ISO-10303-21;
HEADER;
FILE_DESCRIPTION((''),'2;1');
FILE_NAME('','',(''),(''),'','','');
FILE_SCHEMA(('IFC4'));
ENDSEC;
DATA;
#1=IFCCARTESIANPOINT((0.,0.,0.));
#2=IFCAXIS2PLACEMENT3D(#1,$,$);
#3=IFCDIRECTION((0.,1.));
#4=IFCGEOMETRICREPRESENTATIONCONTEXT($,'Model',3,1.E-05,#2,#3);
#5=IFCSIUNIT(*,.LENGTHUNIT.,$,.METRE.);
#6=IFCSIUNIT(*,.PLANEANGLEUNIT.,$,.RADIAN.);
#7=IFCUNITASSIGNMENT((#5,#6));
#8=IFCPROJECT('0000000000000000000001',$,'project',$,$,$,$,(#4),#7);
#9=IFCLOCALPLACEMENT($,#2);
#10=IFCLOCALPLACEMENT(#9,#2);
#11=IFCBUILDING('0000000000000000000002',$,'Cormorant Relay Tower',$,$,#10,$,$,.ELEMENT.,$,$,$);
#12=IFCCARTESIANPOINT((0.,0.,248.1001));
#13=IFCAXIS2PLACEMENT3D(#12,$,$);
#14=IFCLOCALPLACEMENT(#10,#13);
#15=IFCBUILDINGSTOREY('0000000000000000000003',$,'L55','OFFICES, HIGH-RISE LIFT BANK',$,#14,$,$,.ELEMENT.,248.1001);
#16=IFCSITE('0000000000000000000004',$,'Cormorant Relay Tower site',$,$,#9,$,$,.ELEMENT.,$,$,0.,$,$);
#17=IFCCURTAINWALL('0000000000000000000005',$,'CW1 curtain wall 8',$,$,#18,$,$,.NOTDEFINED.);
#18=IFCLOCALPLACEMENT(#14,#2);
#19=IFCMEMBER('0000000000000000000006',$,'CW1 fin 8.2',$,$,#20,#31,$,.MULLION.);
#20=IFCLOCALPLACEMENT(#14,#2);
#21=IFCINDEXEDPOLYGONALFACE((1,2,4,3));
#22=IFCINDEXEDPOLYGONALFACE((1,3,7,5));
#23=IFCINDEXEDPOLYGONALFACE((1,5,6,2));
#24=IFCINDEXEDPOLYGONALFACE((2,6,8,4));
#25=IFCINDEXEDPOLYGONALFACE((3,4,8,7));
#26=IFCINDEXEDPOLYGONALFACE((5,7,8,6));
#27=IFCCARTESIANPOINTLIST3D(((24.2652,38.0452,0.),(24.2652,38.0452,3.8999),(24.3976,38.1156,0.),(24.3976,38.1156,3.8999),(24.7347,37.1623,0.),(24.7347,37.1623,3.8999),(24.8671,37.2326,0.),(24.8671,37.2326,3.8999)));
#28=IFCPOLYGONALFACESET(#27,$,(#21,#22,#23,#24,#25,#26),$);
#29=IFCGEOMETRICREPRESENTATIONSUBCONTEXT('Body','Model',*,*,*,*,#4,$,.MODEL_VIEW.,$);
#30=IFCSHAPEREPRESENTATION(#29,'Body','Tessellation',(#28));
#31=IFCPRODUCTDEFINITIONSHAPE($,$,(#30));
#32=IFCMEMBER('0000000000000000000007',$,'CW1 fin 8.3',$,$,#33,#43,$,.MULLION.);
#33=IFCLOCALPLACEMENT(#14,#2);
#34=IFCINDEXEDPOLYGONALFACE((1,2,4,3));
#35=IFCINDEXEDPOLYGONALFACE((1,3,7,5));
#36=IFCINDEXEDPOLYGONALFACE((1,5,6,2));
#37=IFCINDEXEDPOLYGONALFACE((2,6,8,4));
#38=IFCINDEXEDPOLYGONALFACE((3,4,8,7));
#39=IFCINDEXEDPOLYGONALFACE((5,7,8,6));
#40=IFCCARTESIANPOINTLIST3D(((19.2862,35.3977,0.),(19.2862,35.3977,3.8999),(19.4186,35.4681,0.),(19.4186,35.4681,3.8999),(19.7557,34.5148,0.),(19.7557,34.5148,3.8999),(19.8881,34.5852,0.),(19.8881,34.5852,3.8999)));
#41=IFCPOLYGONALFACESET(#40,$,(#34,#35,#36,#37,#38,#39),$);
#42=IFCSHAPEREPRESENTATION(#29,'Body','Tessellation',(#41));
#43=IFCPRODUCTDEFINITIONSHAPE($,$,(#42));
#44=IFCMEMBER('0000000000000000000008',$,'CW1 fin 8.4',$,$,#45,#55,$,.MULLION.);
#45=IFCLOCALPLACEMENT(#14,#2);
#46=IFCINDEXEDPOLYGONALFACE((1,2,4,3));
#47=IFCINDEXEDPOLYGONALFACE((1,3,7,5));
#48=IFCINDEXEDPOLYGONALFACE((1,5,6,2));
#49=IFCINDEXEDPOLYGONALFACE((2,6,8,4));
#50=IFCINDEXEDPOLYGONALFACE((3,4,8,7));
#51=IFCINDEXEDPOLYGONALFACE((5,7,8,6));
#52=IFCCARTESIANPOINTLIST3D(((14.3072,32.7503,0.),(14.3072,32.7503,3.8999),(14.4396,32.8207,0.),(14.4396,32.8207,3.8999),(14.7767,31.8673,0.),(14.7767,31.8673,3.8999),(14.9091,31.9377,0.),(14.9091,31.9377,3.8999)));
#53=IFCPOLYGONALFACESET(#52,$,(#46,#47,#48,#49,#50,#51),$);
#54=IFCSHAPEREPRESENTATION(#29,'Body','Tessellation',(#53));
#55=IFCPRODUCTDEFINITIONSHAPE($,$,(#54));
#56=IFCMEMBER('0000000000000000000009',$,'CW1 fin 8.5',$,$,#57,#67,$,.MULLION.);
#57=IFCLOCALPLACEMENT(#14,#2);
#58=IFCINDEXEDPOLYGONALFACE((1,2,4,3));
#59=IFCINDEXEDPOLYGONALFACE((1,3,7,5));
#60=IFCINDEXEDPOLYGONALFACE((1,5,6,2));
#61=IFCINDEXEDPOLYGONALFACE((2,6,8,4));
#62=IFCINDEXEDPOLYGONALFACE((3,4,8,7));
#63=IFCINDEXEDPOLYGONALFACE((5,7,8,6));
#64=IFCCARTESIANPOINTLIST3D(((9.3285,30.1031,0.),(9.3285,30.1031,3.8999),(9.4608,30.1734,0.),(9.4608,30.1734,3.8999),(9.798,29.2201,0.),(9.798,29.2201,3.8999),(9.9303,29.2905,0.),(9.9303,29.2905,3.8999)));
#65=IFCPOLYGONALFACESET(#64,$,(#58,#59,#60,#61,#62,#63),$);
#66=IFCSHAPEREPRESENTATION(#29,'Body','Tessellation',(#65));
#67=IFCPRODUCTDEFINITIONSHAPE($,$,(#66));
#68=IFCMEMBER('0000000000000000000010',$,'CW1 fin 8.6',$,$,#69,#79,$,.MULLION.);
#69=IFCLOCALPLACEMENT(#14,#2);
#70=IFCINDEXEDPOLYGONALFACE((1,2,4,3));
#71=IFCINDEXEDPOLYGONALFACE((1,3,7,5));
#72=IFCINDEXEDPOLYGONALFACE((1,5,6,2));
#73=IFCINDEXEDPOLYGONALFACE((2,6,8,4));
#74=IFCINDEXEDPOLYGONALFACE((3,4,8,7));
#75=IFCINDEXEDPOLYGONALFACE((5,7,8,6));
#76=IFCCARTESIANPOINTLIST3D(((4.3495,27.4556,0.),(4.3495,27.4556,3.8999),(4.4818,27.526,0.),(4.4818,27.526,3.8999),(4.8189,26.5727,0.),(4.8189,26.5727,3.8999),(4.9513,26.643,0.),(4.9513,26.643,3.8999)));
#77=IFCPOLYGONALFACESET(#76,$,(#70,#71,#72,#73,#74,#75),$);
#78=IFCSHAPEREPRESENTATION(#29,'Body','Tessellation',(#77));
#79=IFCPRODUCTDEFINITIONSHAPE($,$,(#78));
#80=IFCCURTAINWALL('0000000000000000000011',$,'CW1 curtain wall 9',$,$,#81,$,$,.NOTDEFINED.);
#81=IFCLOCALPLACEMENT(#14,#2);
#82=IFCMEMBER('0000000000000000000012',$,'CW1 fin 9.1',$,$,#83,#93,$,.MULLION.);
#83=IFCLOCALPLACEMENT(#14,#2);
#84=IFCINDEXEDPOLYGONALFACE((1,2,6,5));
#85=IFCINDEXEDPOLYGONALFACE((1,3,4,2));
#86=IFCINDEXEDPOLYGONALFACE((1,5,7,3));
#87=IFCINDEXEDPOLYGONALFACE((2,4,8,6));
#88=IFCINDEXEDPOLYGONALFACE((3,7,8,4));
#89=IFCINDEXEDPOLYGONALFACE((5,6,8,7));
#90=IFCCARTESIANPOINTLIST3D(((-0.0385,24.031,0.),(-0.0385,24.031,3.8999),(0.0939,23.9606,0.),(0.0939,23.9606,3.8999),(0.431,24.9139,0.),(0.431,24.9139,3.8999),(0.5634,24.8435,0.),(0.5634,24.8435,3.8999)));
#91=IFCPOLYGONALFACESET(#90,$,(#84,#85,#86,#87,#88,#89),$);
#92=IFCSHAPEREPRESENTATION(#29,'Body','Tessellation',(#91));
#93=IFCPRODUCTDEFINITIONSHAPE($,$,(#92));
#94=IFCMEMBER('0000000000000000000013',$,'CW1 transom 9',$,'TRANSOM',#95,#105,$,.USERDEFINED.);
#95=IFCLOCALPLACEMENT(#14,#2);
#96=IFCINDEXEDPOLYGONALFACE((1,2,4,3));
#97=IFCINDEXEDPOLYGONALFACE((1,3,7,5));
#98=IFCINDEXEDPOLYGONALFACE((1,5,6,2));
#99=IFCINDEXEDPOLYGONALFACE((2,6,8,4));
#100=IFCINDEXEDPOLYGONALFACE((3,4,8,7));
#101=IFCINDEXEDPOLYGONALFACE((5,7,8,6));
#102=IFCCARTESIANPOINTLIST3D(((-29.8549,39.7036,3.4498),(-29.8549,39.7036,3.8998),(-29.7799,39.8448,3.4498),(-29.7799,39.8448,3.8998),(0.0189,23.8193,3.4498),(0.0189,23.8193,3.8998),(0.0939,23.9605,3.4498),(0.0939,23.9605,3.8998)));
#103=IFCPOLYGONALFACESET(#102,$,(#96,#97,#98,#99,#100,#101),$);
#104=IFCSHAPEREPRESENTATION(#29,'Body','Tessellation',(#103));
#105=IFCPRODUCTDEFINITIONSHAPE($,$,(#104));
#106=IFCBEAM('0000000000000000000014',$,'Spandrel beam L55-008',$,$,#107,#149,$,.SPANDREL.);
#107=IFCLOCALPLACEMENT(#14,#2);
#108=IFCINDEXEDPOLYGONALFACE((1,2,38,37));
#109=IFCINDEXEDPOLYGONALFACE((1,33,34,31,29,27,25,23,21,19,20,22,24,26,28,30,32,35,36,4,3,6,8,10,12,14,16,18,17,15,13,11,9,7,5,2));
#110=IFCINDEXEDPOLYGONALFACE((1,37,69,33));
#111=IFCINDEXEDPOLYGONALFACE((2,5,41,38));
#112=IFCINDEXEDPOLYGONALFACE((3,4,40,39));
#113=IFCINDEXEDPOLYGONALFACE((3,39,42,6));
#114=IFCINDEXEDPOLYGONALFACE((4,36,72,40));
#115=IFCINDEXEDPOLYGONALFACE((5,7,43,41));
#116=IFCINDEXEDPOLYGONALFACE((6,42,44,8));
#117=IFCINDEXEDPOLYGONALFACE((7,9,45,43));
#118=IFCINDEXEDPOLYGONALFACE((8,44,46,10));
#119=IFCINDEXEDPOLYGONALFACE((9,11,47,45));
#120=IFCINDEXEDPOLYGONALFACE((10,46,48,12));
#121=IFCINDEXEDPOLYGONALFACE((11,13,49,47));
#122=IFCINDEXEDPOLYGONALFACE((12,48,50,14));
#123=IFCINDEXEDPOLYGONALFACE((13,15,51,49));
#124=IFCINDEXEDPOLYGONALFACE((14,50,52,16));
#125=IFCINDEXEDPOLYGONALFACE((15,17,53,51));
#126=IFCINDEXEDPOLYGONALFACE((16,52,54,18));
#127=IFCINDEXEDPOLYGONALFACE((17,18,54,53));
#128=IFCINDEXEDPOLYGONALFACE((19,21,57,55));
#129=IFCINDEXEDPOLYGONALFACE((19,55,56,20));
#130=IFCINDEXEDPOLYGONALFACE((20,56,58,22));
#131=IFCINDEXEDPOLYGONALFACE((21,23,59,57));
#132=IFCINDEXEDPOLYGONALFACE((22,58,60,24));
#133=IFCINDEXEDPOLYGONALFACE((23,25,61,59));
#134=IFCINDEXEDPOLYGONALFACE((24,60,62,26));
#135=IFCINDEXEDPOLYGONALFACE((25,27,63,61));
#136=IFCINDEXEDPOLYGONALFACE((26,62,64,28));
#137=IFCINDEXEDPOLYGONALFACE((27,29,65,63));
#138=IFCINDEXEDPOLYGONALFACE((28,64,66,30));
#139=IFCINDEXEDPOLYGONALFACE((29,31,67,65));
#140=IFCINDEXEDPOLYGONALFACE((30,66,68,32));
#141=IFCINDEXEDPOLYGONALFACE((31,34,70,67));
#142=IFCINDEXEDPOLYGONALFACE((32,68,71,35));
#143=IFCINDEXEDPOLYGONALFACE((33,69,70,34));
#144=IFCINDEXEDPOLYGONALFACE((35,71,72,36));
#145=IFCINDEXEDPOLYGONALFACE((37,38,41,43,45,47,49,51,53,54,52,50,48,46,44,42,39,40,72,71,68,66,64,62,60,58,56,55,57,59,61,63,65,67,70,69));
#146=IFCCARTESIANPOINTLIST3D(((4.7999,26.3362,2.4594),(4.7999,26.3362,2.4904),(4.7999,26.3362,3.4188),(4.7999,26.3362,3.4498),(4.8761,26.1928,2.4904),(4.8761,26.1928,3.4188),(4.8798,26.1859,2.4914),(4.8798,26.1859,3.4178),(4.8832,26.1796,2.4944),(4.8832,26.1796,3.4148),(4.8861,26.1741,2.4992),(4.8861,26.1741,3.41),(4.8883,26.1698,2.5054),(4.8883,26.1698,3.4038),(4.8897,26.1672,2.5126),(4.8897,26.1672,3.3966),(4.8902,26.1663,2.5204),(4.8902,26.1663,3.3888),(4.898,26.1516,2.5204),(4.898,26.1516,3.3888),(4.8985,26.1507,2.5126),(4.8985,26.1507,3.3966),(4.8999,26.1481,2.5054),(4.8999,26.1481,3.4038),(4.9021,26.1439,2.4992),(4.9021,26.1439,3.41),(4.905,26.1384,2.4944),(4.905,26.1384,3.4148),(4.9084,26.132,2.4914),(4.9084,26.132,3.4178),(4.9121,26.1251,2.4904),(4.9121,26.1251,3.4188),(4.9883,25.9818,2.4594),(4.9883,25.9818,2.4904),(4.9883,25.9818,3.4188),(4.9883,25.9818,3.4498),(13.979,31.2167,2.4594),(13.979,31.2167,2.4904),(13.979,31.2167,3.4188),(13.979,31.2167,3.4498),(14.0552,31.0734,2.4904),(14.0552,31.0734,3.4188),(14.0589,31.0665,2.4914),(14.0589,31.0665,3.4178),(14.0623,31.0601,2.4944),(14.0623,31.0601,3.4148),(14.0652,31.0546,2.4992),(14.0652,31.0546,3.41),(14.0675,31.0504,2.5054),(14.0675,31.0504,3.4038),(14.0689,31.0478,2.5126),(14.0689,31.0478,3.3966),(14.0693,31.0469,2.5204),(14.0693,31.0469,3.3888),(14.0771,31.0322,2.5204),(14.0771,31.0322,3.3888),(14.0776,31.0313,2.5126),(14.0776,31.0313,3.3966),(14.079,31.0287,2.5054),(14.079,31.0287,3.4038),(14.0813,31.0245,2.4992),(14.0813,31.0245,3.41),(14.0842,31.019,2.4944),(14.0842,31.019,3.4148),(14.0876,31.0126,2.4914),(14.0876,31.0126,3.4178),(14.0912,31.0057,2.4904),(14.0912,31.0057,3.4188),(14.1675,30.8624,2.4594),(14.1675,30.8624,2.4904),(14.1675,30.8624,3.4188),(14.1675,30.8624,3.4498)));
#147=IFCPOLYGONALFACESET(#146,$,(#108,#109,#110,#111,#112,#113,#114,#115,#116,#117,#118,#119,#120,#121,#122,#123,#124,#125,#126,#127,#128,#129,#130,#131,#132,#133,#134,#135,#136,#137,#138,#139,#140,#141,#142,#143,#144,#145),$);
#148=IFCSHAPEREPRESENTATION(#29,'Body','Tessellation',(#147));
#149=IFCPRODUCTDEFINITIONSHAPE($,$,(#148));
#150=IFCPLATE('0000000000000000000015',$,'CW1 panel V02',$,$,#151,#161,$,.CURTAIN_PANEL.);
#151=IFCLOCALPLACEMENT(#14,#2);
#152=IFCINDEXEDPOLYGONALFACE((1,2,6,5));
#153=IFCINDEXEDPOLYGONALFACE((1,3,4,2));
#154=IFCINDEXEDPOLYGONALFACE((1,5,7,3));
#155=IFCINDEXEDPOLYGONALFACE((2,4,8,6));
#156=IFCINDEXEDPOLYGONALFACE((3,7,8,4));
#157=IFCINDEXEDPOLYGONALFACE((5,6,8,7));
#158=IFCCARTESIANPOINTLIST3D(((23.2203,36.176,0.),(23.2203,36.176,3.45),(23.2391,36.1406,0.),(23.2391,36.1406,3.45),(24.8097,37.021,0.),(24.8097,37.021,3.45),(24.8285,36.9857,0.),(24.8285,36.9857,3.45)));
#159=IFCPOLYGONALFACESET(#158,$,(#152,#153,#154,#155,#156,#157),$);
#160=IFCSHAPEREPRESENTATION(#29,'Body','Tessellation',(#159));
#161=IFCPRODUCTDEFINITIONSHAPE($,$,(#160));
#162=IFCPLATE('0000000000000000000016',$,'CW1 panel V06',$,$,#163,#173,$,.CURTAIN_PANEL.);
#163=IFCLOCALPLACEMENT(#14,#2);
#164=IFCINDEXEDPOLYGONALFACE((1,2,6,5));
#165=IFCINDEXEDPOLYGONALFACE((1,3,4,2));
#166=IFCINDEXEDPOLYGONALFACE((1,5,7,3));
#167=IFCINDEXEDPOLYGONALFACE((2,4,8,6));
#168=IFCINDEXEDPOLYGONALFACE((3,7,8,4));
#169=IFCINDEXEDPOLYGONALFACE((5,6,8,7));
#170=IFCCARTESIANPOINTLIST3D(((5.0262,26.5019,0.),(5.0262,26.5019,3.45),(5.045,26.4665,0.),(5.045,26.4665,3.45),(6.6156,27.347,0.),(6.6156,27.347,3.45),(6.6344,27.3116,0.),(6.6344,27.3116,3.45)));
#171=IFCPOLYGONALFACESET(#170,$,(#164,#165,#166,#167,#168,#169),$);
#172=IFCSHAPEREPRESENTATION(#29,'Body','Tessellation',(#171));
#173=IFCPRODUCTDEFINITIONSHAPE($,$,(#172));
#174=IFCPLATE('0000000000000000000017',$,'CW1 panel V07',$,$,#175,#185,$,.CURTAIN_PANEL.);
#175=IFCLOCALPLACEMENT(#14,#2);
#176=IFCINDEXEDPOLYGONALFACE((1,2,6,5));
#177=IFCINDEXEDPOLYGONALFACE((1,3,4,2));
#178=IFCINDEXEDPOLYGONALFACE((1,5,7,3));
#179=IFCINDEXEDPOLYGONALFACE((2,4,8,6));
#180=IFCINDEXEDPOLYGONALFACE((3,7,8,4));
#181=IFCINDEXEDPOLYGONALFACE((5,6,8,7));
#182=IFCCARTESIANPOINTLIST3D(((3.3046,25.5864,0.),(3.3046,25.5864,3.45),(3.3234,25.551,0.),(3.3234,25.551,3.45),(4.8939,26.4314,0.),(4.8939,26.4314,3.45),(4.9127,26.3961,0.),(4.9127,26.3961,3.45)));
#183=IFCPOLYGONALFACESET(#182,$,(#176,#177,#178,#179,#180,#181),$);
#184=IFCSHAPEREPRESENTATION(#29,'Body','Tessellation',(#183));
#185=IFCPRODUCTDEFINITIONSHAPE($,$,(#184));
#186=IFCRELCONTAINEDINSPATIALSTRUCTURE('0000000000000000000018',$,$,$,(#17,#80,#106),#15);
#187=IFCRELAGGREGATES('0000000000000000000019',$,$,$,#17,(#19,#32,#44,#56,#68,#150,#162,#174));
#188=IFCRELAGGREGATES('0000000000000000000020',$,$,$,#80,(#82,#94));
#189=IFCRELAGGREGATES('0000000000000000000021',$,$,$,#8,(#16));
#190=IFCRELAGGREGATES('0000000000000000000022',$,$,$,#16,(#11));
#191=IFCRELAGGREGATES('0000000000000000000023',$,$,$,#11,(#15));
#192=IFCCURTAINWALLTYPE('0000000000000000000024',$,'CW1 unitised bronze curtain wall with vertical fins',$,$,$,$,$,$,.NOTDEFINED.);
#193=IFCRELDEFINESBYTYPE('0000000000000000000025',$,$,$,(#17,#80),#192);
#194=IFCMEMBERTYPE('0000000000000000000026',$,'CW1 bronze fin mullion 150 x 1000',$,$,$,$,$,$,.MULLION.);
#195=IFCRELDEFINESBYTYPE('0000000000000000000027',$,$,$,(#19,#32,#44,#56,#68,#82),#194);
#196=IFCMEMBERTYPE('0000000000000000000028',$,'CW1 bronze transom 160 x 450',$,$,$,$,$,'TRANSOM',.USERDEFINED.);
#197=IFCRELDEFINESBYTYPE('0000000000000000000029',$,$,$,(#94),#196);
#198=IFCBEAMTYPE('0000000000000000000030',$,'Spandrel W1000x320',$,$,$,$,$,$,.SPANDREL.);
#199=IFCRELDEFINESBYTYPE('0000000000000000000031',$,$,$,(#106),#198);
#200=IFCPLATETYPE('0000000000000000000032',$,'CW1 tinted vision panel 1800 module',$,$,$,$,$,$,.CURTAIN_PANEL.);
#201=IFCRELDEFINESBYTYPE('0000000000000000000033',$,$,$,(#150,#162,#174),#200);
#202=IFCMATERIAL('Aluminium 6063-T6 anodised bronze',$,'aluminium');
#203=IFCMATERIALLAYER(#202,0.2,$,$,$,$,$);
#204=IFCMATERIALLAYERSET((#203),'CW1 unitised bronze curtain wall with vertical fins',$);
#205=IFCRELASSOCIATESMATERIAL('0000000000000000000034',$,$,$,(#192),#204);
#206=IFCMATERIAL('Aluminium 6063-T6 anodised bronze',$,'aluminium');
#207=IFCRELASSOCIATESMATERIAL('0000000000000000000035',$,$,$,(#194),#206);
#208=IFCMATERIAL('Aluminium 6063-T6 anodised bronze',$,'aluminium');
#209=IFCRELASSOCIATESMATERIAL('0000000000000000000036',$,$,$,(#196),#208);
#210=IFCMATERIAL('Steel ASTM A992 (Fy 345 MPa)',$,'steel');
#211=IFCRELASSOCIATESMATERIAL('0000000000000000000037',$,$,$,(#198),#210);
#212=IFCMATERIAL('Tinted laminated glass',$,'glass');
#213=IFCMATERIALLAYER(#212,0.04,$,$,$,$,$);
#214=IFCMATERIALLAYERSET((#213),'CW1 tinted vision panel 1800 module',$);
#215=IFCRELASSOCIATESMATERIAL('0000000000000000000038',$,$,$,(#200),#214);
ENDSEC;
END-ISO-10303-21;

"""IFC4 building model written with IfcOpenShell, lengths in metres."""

from ifc_helpers import new_model, si_unit, direction, frame, origin, origin_2d, place, context, subcontext, project, spatial, rectangle, i_section, extrude, material, layer, layer_set, material_profile, profile_set, type_object, element, aggregate, save


model = new_model("IFC4")

# Units and contexts
model_context = context("Model", 3, precision=1e-05, world=origin(), true_north=direction((0.0, 1.0)))
body_context = subcontext(model_context, "Body", "Model", "MODEL_VIEW")
ifc_project = project(units=[si_unit("LENGTHUNIT", "METRE"), si_unit("PLANEANGLEUNIT", "RADIAN")], contexts=[model_context])

# Site, building, storey
site_placement = place(None, origin())
site = spatial("IfcSite", under=ifc_project, at=site_placement, Name="Cormorant Relay Tower site", CompositionType="ELEMENT", RefElevation=0.0)
building_placement = place(site_placement, origin())
building = spatial("IfcBuilding", under=site, at=building_placement, Name="Cormorant Relay Tower", CompositionType="ELEMENT")
storey_placement = place(building_placement, frame((0.0, 0.0, 248.1001)))
storey = spatial("IfcBuildingStorey", under=building, at=storey_placement, Name="L55", Description="OFFICES, HIGH-RISE LIFT BANK", CompositionType="ELEMENT", Elevation=248.1001)

# Curtain walls, members
ifc_material_1 = material(Name="Aluminium 6063-T6 anodised bronze", Category="aluminium")
ifc_layer_1 = layer(ifc_material_1, 0.2)
ifc_layer_set_1 = layer_set([ifc_layer_1], Name="CW1 unitised bronze curtain wall with vertical fins")
curtain_wall_type = type_object("IfcCurtainWallType", Name="CW1 unitised bronze curtain wall with vertical fins", PredefinedType="NOTDEFINED", material=ifc_layer_set_1)
curtain_wall_1_placement = place(storey_placement, origin())
curtain_wall_1 = element("IfcCurtainWall", 1, at=curtain_wall_1_placement, inside=storey, type_object=curtain_wall_type, Name="CW1 curtain wall 8", PredefinedType="NOTDEFINED")
ifc_material_2 = material(Name="Aluminium 6063-T6 anodised bronze", Category="aluminium")
ifc_material_profile_1 = material_profile(ifc_material_2, rectangle(XDim=0.1499, YDim=1.0, at=origin_2d()), Name="AL 150x1000")
ifc_profile_set_1 = profile_set([ifc_material_profile_1], Name="Aluminium 6063-T6 anodised bronze")
member_type_1 = type_object("IfcMemberType", Name="CW1 bronze fin mullion 150 x 1000", PredefinedType="MULLION", material=ifc_profile_set_1)
member_1_placement = place(storey_placement, frame((24.5662, 37.6389, 0.0), z_axis=(0.0, 0.0, 1.0), x_axis=(-0.882948, -0.469472, 0.0)))
member_1 = element("IfcMember", 2, at=member_1_placement, type_object=member_type_1, Name="CW1 fin 8.2", PredefinedType="MULLION", context=body_context, shape_type="SweptSolid", body=[
    extrude(rectangle(XDim=0.1499, YDim=1.0, at=origin_2d()), origin(), (0.0, 0.0, 1.0), 3.8999),
])
member_2_placement = place(storey_placement, frame((19.5872, 34.9915, 0.0), z_axis=(0.0, 0.0, 1.0), x_axis=(-0.882948, -0.469472, 0.0)))
member_2 = element("IfcMember", 3, at=member_2_placement, type_object=member_type_1, Name="CW1 fin 8.3", PredefinedType="MULLION", context=body_context, shape_type="SweptSolid", body=[
    extrude(rectangle(XDim=0.1499, YDim=1.0, at=origin_2d()), origin(), (0.0, 0.0, 1.0), 3.8999),
])
member_3_placement = place(storey_placement, frame((14.6082, 32.344, 0.0), z_axis=(0.0, 0.0, 1.0), x_axis=(-0.882948, -0.469472, 0.0)))
member_3 = element("IfcMember", 4, at=member_3_placement, type_object=member_type_1, Name="CW1 fin 8.4", PredefinedType="MULLION", context=body_context, shape_type="SweptSolid", body=[
    extrude(rectangle(XDim=0.1499, YDim=1.0, at=origin_2d()), origin(), (0.0, 0.0, 1.0), 3.8999),
])
member_4_placement = place(storey_placement, frame((9.6294, 29.6968, 0.0), z_axis=(0.0, 0.0, 1.0), x_axis=(-0.882948, -0.469472, 0.0)))
member_4 = element("IfcMember", 5, at=member_4_placement, type_object=member_type_1, Name="CW1 fin 8.5", PredefinedType="MULLION", context=body_context, shape_type="SweptSolid", body=[
    extrude(rectangle(XDim=0.1499, YDim=1.0, at=origin_2d()), origin(), (0.0, 0.0, 1.0), 3.8999),
])
member_5_placement = place(storey_placement, frame((4.6504, 27.0493, 0.0), z_axis=(0.0, 0.0, 1.0), x_axis=(-0.882948, -0.469472, 0.0)))
member_5 = element("IfcMember", 6, at=member_5_placement, type_object=member_type_1, Name="CW1 fin 8.6", PredefinedType="MULLION", context=body_context, shape_type="SweptSolid", body=[
    extrude(rectangle(XDim=0.1499, YDim=1.0, at=origin_2d()), origin(), (0.0, 0.0, 1.0), 3.8999),
])
curtain_wall_2_placement = place(storey_placement, origin())
curtain_wall_2 = element("IfcCurtainWall", 7, at=curtain_wall_2_placement, inside=storey, type_object=curtain_wall_type, Name="CW1 curtain wall 9", PredefinedType="NOTDEFINED")
member_6_placement = place(storey_placement, frame((0.2625, 24.4373, 0.0), z_axis=(0.0, 0.0, 1.0), x_axis=(-0.882948, 0.469472, 0.0)))
member_6 = element("IfcMember", 8, at=member_6_placement, type_object=member_type_1, Name="CW1 fin 9.1", PredefinedType="MULLION", context=body_context, shape_type="SweptSolid", body=[
    extrude(rectangle(XDim=0.1499, YDim=1.0, at=origin_2d()), origin(), (0.0, 0.0, 1.0), 3.8999),
])
ifc_material_3 = material(Name="Aluminium 6063-T6 anodised bronze", Category="aluminium")
ifc_material_profile_2 = material_profile(ifc_material_3, rectangle(XDim=0.1599, YDim=0.45, at=origin_2d()), Name="AL 160x450")
ifc_profile_set_2 = profile_set([ifc_material_profile_2], Name="Aluminium 6063-T6 anodised bronze")
member_type_2 = type_object("IfcMemberType", Name="CW1 bronze transom 160 x 450", ElementType="TRANSOM", PredefinedType="USERDEFINED", material=ifc_profile_set_2)
member_7_placement = place(storey_placement, frame((0.0564, 23.8899, 3.6748), z_axis=(-0.882946, 0.469474, 0.0), x_axis=(-0.469474, -0.882946, 0.0)))
member_7 = element("IfcMember", 9, at=member_7_placement, type_object=member_type_2, Name="CW1 transom 9", ObjectType="TRANSOM", PredefinedType="USERDEFINED", context=body_context, shape_type="SweptSolid", body=[
    extrude(rectangle(XDim=0.1599, YDim=0.45, at=origin_2d()), origin(), (0.0, 0.0, 1.0), 33.8342),
])

# Beam
ifc_material_4 = material(Name="Steel ASTM A992 (Fy 345 MPa)", Category="steel")
ifc_material_profile_3 = material_profile(ifc_material_4, i_section(OverallWidth=0.4014, OverallDepth=0.9905, WebThickness=0.0166, FlangeThickness=0.031, FilletRadius=0.03, at=origin_2d()), Name="W1000x320")
ifc_profile_set_3 = profile_set([ifc_material_profile_3], Name="Steel ASTM A992 (Fy 345 MPa)")
beam_type = type_object("IfcBeamType", Name="Spandrel W1000x320", PredefinedType="SPANDREL", material=ifc_profile_set_3)
beam_placement = place(storey_placement, frame((14.0732, 31.0396, 2.9546), z_axis=(-0.88295, -0.469468, 0.0), x_axis=(0.469468, -0.88295, 0.0)))
element("IfcBeam", 10, at=beam_placement, inside=storey, type_object=beam_type, Name="Spandrel beam L55-008", PredefinedType="SPANDREL", context=body_context, shape_type="SweptSolid", body=[
    extrude(i_section(OverallWidth=0.4014, OverallDepth=0.9905, WebThickness=0.0166, FlangeThickness=0.031, FilletRadius=0.03, at=origin_2d()), origin(), (0.0, 0.0, 1.0), 10.396),
])

# Plates
ifc_material_5 = material(Name="Tinted laminated glass", Category="glass")
ifc_layer_2 = layer(ifc_material_5, 0.04)
ifc_layer_set_2 = layer_set([ifc_layer_2], Name="CW1 tinted vision panel 1800 module")
plate_type_1 = type_object("IfcPlateType", Name="CW1 tinted vision panel 1800 module", PredefinedType="CURTAIN_PANEL", material=ifc_layer_set_2)
plate_1_placement = place(storey_placement, frame((24.0244, 36.5808, 0.0), z_axis=(0.0, 0.0, 1.0), x_axis=(-0.882948, -0.469472, 0.0)))
plate_1 = element("IfcPlate", 11, at=plate_1_placement, type_object=plate_type_1, Name="CW1 panel V02", PredefinedType="CURTAIN_PANEL", context=body_context, shape_type="SweptSolid", body=[
    extrude(rectangle(XDim=1.8, YDim=0.04, at=origin_2d()), origin(), (0.0, 0.0, 1.0), 3.45),
])
plate_2_placement = place(storey_placement, frame((5.8303, 26.9067, 0.0), z_axis=(0.0, 0.0, 1.0), x_axis=(-0.882948, -0.469472, 0.0)))
plate_2 = element("IfcPlate", 12, at=plate_2_placement, type_object=plate_type_1, Name="CW1 panel V06", PredefinedType="CURTAIN_PANEL", context=body_context, shape_type="SweptSolid", body=[
    extrude(rectangle(XDim=1.8, YDim=0.04, at=origin_2d()), origin(), (0.0, 0.0, 1.0), 3.45),
])
plate_3_placement = place(storey_placement, frame((4.1086, 25.9912, 0.0), z_axis=(0.0, 0.0, 1.0), x_axis=(-0.882948, -0.469472, 0.0)))
plate_3 = element("IfcPlate", 13, at=plate_3_placement, type_object=plate_type_1, Name="CW1 panel V07", PredefinedType="CURTAIN_PANEL", context=body_context, shape_type="SweptSolid", body=[
    extrude(rectangle(XDim=1.8, YDim=0.04, at=origin_2d()), origin(), (0.0, 0.0, 1.0), 3.45),
])

aggregate(curtain_wall_1, [member_1, member_2, member_3, member_4, member_5, plate_1, plate_2, plate_3])
aggregate(curtain_wall_2, [member_6, member_7])

save(model, "model.ifc")
